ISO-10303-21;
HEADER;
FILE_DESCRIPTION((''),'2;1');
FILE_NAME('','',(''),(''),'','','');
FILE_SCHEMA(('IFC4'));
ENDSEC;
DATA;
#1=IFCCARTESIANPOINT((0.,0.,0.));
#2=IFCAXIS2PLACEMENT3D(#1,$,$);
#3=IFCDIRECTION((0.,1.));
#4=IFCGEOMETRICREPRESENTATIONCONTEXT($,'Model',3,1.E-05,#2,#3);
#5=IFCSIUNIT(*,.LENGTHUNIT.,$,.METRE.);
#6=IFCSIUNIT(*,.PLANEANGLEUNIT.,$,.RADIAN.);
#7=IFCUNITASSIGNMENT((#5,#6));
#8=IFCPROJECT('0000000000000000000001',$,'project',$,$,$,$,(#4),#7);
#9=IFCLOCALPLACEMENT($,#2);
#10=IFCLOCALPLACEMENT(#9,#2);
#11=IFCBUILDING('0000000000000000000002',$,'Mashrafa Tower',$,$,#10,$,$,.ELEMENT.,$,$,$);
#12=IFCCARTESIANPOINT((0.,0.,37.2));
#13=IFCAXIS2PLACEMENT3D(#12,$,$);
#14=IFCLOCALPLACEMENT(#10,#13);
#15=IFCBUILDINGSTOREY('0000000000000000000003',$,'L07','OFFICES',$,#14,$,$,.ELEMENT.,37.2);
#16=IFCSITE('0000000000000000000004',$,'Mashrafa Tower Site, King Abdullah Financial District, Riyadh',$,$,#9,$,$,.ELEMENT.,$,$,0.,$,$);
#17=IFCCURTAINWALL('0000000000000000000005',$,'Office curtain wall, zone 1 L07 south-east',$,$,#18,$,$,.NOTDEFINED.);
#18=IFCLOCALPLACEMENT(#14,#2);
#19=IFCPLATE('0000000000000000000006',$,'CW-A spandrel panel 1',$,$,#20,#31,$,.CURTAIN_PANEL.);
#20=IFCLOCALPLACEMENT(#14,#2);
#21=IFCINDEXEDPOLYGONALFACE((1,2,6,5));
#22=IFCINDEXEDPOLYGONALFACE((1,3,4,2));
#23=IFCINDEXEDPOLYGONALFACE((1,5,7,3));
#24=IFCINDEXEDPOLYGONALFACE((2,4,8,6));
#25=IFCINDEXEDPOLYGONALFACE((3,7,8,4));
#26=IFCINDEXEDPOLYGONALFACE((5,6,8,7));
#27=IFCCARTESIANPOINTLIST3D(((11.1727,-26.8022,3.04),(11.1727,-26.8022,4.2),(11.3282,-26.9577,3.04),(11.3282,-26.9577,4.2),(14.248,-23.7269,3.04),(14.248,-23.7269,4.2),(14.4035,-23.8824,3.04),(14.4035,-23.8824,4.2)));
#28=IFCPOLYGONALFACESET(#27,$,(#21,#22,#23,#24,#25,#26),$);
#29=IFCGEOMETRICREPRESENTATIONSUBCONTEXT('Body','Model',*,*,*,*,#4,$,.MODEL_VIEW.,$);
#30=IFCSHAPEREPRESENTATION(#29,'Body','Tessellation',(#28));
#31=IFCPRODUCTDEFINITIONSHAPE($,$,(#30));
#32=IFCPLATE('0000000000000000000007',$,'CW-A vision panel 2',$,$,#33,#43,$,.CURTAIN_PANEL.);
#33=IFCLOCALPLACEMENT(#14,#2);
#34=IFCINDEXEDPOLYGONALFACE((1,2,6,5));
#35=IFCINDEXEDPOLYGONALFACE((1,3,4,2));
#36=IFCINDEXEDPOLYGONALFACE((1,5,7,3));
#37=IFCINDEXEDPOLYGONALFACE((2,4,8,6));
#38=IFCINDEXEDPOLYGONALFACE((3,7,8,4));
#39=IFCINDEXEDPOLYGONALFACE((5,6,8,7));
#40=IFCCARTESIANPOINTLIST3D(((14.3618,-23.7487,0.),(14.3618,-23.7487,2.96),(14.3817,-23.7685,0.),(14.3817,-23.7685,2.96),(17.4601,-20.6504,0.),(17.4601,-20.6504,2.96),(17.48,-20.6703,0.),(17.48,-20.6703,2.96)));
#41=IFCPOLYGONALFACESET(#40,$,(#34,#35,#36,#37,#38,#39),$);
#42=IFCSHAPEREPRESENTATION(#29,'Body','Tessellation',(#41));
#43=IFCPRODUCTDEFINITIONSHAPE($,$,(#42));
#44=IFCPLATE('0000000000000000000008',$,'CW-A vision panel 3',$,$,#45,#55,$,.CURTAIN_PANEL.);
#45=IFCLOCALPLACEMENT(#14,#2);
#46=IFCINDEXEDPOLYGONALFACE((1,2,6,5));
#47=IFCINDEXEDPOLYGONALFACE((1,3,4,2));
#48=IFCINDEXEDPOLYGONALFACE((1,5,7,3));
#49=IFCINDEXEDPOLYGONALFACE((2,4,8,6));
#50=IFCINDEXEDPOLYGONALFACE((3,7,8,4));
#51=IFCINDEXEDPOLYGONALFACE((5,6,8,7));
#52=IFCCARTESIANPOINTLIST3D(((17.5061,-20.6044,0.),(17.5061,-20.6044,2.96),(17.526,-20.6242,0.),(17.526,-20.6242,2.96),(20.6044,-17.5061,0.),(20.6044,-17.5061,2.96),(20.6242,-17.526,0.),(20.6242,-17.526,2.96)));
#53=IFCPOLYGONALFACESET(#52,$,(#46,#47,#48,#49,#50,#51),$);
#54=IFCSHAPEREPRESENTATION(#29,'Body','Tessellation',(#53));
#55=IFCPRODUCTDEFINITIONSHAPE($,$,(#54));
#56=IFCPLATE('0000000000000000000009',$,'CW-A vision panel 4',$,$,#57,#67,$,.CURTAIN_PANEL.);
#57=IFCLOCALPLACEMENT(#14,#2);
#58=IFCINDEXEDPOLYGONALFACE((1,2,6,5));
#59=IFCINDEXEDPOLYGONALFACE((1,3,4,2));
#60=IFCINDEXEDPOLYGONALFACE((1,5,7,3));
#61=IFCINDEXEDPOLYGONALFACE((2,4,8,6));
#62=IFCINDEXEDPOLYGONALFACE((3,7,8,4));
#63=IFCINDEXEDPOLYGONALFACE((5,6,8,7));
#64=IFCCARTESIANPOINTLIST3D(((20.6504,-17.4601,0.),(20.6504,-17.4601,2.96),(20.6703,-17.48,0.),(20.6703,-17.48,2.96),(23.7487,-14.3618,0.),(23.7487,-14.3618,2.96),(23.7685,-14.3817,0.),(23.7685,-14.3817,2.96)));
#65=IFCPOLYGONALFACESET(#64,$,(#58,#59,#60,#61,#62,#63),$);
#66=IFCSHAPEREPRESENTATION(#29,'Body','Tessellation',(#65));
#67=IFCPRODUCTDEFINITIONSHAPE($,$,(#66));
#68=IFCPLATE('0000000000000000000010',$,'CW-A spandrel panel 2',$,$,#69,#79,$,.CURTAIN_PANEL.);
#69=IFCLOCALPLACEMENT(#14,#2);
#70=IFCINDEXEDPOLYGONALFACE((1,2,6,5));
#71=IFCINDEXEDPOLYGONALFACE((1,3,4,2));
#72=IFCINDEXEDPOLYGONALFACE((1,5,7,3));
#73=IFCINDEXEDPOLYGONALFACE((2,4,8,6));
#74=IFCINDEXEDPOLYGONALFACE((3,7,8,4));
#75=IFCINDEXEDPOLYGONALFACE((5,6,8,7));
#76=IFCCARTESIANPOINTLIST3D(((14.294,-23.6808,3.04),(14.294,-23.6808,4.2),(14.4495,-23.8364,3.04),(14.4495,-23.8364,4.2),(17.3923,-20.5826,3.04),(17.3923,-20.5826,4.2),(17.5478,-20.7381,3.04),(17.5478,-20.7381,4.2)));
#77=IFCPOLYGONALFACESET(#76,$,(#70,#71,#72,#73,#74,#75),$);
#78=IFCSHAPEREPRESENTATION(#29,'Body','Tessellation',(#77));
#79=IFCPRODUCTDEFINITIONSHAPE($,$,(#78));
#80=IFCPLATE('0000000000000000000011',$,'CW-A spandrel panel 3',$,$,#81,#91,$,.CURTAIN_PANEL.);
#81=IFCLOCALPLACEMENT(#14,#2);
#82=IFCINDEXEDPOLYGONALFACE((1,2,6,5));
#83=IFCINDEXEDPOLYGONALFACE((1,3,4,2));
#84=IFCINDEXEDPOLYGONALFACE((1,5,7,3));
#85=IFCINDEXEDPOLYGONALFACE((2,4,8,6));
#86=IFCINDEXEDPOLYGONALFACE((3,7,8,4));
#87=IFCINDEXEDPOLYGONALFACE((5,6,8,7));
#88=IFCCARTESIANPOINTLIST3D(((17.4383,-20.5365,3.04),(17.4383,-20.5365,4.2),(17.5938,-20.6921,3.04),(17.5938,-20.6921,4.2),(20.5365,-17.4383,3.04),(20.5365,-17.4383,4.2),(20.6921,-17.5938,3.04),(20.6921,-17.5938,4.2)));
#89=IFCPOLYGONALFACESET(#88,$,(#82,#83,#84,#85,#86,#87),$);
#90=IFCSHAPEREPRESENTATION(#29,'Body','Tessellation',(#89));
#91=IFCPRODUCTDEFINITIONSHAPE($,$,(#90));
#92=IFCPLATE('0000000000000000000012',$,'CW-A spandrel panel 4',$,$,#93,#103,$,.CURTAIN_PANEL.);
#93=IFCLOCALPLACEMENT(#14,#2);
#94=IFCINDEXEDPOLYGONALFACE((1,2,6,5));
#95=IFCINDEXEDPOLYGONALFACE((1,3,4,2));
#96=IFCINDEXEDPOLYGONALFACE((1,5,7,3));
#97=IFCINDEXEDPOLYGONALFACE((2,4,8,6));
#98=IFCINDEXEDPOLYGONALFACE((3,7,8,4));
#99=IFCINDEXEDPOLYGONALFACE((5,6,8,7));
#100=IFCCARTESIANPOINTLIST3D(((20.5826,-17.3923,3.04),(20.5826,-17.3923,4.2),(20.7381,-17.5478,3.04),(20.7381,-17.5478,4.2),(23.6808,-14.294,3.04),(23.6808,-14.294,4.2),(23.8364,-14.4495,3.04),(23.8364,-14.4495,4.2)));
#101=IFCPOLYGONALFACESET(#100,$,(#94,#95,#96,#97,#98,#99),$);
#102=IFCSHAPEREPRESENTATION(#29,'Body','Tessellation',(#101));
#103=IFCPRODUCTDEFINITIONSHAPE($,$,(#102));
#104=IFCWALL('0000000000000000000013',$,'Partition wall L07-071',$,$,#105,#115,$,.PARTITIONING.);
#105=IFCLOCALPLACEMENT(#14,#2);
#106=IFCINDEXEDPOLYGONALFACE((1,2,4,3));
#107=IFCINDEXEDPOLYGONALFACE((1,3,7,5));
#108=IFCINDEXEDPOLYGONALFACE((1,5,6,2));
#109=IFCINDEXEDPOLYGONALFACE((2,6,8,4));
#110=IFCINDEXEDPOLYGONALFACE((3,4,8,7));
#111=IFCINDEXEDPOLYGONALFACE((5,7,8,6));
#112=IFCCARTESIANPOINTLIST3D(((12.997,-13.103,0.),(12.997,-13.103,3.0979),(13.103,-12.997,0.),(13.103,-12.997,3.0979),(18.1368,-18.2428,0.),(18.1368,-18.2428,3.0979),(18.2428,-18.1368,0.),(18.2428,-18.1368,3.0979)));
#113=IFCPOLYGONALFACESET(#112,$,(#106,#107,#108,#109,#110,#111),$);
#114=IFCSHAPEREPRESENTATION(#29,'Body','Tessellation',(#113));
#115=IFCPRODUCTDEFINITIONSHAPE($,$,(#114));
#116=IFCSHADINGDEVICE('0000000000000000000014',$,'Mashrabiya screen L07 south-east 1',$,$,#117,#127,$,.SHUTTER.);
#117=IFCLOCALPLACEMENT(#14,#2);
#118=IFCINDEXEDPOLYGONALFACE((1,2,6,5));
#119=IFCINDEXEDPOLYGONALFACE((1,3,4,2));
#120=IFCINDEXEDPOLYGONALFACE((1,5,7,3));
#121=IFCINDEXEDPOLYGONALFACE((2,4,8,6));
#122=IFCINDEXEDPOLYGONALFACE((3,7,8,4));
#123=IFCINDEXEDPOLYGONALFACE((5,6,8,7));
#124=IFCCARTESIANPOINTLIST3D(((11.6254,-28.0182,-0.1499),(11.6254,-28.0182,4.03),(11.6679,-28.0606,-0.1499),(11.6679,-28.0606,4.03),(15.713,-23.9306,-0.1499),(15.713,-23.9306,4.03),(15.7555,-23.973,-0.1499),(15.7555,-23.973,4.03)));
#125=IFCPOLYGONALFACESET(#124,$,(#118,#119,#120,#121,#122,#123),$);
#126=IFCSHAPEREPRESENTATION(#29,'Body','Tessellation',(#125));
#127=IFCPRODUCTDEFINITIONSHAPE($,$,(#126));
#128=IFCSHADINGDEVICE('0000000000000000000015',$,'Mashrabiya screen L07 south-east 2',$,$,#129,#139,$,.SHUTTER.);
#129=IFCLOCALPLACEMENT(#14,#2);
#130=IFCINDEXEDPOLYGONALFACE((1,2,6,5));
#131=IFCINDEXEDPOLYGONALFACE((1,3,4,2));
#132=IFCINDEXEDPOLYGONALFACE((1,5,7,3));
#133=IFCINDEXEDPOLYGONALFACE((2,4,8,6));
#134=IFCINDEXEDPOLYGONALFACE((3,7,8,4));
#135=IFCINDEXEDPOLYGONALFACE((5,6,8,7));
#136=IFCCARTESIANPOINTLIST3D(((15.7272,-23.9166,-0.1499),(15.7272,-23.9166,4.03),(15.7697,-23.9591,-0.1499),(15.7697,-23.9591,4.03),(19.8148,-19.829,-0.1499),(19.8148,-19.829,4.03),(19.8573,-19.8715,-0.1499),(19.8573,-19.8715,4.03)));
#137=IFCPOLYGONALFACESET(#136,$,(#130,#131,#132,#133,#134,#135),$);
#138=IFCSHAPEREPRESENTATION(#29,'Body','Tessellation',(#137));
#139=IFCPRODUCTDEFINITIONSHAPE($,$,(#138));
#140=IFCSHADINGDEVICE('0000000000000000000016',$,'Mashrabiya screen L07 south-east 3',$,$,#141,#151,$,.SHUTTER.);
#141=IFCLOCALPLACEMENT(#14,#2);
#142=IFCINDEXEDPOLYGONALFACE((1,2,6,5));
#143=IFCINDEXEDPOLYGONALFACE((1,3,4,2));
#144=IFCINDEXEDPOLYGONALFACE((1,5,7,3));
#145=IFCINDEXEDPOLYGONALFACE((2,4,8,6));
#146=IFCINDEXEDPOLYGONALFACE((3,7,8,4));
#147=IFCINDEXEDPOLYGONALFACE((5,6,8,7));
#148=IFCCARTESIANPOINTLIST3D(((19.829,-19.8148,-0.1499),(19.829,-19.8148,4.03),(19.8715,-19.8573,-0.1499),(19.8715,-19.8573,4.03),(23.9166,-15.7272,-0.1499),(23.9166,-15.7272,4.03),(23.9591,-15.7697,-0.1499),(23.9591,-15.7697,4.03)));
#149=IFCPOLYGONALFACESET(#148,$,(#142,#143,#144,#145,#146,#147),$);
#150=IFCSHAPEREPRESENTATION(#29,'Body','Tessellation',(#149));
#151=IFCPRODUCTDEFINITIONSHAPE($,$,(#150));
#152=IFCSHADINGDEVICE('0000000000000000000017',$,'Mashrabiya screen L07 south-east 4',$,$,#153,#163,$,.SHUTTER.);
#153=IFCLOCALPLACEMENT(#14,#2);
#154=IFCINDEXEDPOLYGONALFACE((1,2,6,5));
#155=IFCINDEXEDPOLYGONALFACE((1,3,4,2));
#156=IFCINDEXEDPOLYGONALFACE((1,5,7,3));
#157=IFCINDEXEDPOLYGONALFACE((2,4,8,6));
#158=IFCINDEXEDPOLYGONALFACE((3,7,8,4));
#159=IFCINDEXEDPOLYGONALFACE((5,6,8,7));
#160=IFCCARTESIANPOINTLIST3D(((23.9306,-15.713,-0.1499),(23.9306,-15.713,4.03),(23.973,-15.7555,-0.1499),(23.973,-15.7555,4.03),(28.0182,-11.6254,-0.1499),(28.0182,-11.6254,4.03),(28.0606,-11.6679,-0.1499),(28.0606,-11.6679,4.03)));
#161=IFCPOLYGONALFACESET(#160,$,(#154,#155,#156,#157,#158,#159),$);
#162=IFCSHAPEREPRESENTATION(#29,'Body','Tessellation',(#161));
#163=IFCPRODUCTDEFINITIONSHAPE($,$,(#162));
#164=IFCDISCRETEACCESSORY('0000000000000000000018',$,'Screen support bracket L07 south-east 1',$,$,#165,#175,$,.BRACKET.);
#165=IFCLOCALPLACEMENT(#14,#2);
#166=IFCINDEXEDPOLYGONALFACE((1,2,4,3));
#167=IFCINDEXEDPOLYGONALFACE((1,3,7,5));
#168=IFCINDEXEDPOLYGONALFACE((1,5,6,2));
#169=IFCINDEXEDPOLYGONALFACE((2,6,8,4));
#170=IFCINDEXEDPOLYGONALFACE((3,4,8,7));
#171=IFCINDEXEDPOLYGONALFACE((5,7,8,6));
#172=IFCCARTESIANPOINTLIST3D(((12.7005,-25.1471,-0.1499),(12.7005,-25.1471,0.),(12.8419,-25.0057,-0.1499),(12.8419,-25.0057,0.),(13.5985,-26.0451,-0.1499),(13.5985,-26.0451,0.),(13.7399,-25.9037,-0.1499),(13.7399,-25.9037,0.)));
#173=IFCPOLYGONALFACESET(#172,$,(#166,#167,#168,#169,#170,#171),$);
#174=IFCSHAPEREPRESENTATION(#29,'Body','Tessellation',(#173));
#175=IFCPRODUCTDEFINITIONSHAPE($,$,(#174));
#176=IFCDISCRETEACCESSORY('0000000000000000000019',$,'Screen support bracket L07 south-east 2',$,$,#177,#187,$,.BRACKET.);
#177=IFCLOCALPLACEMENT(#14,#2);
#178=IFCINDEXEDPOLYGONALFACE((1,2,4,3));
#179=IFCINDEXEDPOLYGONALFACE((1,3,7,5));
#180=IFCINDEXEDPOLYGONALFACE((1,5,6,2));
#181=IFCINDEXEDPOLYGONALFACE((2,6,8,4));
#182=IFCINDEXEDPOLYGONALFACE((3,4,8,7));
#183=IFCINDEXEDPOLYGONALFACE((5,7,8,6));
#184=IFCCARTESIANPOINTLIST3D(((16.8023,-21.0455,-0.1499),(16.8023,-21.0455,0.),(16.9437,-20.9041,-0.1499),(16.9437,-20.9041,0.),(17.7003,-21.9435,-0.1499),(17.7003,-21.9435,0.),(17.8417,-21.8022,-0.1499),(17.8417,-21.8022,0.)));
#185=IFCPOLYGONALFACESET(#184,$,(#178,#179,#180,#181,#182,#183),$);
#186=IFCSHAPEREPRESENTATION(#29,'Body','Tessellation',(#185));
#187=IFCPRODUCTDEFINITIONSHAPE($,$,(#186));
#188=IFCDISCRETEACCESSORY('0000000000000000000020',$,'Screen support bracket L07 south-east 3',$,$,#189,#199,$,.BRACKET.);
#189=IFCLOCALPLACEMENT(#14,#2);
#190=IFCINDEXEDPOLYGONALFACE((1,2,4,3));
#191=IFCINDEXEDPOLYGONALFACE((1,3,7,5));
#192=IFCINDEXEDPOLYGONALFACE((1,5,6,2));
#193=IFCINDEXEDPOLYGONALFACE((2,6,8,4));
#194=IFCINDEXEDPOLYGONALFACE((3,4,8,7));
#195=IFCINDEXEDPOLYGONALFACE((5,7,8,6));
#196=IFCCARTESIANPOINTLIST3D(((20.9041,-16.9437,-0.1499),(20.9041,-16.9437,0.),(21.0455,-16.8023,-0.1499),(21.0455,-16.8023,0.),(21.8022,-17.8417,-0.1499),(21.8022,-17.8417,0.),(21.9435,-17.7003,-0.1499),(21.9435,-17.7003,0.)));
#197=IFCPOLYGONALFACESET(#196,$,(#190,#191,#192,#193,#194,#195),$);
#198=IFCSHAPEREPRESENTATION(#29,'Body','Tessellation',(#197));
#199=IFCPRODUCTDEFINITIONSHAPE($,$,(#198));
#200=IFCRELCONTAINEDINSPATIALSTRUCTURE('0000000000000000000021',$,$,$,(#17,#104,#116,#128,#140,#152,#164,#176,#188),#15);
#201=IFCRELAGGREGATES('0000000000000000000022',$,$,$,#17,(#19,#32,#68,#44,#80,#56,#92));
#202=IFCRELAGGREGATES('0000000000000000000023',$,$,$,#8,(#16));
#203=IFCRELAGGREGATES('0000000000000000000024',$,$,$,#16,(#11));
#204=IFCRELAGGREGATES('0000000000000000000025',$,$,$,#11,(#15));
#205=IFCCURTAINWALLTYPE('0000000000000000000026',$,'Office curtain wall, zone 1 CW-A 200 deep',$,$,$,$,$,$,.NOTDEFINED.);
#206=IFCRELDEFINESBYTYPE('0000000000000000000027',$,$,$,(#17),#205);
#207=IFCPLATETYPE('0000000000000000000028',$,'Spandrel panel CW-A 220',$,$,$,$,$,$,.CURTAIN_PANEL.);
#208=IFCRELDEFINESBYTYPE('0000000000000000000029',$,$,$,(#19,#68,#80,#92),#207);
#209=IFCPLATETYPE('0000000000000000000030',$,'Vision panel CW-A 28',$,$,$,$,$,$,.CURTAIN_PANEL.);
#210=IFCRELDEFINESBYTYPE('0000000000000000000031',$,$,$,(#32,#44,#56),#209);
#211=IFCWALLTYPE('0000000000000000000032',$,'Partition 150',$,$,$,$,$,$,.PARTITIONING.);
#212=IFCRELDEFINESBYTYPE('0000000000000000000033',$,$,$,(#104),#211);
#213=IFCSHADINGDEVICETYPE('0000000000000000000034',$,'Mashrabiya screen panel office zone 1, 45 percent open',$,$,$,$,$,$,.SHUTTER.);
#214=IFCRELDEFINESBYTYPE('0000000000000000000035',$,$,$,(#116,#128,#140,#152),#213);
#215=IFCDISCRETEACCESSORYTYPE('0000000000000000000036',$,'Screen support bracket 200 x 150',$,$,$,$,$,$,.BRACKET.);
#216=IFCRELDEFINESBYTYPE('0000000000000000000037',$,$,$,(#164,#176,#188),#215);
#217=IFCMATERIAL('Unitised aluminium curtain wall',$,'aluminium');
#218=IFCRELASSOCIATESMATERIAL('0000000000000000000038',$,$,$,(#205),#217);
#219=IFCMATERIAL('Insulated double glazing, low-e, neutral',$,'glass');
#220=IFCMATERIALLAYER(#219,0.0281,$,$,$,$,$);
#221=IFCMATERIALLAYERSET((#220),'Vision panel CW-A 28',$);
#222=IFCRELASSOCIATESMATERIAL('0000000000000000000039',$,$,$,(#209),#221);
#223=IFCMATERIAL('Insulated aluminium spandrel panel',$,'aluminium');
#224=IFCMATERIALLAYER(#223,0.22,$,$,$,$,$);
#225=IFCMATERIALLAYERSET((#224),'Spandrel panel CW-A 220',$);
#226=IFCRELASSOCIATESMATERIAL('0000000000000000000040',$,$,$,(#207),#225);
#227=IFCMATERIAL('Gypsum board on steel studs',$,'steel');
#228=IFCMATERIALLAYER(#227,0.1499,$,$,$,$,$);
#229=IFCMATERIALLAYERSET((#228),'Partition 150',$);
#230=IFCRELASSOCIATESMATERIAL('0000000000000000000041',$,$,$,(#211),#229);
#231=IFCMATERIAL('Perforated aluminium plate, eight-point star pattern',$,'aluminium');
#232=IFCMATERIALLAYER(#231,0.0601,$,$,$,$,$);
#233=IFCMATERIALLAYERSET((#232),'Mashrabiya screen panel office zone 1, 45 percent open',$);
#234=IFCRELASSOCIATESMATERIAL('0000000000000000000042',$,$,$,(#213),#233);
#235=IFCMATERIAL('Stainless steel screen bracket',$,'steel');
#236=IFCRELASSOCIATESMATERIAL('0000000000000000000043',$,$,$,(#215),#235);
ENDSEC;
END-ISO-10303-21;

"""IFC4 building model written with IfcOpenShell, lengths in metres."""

from ifc_helpers import new_model, si_unit, direction, frame, frame_2d, origin, origin_2d, place, context, subcontext, project, spatial, rectangle, extrude, source, transform, mapped, material, layer, layer_set, type_object, type_shapes, element, aggregate, save


model = new_model("IFC4")

# Units and contexts
model_context = context("Model", 3, precision=1e-05, world=origin(), true_north=direction((0.0, 1.0)))
body_context = subcontext(model_context, "Body", "Model", "MODEL_VIEW")
ifc_project = project(units=[si_unit("LENGTHUNIT", "METRE"), si_unit("PLANEANGLEUNIT", "RADIAN")], contexts=[model_context])

# Site, building, storey
site_placement = place(None, origin())
site = spatial("IfcSite", under=ifc_project, at=site_placement, Name="Mashrafa Tower Site, King Abdullah Financial District, Riyadh", CompositionType="ELEMENT", RefElevation=0.0)
building_placement = place(site_placement, origin())
building = spatial("IfcBuilding", under=site, at=building_placement, Name="Mashrafa Tower", CompositionType="ELEMENT")
storey_placement = place(building_placement, frame((0.0, 0.0, 37.2)))
storey = spatial("IfcBuildingStorey", under=building, at=storey_placement, Name="L07", Description="OFFICES", CompositionType="ELEMENT", Elevation=37.2)

# Curtain wall, plates
ifc_material_1 = material(Name="Unitised aluminium curtain wall", Category="aluminium")
curtain_wall_type = type_object("IfcCurtainWallType", Name="Office curtain wall, zone 1 CW-A 200 deep", PredefinedType="NOTDEFINED", material=ifc_material_1)
curtain_wall_placement = place(storey_placement, origin())
curtain_wall = element("IfcCurtainWall", 1, at=curtain_wall_placement, inside=storey, type_object=curtain_wall_type, Name="Office curtain wall, zone 1 L07 south-east", PredefinedType="NOTDEFINED")
ifc_material_2 = material(Name="Insulated double glazing, low-e, neutral", Category="glass")
ifc_layer_1 = layer(ifc_material_2, 0.0281)
ifc_layer_set_1 = layer_set([ifc_layer_1], Name="Vision panel CW-A 28")
plate_type_1 = type_object("IfcPlateType", Name="Vision panel CW-A 28", PredefinedType="CURTAIN_PANEL", material=ifc_layer_set_1)
ifc_material_3 = material(Name="Insulated aluminium spandrel panel", Category="aluminium")
ifc_layer_2 = layer(ifc_material_3, 0.22)
ifc_layer_set_2 = layer_set([ifc_layer_2], Name="Spandrel panel CW-A 220")
plate_type_2 = type_object("IfcPlateType", Name="Spandrel panel CW-A 220", PredefinedType="CURTAIN_PANEL", material=ifc_layer_set_2)
shared_shape_1 = source(origin(), body_context, "Body", "SweptSolid", [
    extrude(rectangle(XDim=4.3491, YDim=0.22, at=origin_2d()), origin(), (0.0, 0.0, 1.0), 1.1599),
])
plate_1_placement = place(storey_placement, frame((12.7881, -25.3423, 3.04), z_axis=(0.0, 0.0, 1.0), x_axis=(0.707107, 0.707107, 0.0)))
plate_1 = element("IfcPlate", 2, at=plate_1_placement, type_object=plate_type_2, Name="CW-A spandrel panel 1", PredefinedType="CURTAIN_PANEL", context=body_context, shape_type="MappedRepresentation", body=[
    mapped(shared_shape_1, transform((0.0, 0.0, 0.0))),
])
shared_shape_2 = source(origin(), body_context, "Body", "SweptSolid", [
    extrude(rectangle(XDim=4.3816, YDim=0.0281, at=origin_2d()), origin(), (0.0, 0.0, 1.0), 2.96),
])
plate_2_placement = place(storey_placement, frame((15.9209, -22.2095, 0.0), z_axis=(0.0, 0.0, 1.0), x_axis=(0.707107, 0.707107, 0.0)))
plate_2 = element("IfcPlate", 3, at=plate_2_placement, type_object=plate_type_1, Name="CW-A vision panel 2", PredefinedType="CURTAIN_PANEL", context=body_context, shape_type="MappedRepresentation", body=[
    mapped(shared_shape_2, transform((0.0, 0.0, 0.0))),
])
plate_3_placement = place(storey_placement, frame((19.0652, -19.0652, 0.0), z_axis=(0.0, 0.0, 1.0), x_axis=(0.707107, 0.707107, 0.0)))
plate_3 = element("IfcPlate", 4, at=plate_3_placement, type_object=plate_type_1, Name="CW-A vision panel 3", PredefinedType="CURTAIN_PANEL", context=body_context, shape_type="MappedRepresentation", body=[
    mapped(shared_shape_2, transform((0.0, 0.0, 0.0))),
])
plate_4_placement = place(storey_placement, frame((22.2095, -15.9209, 0.0), z_axis=(0.0, 0.0, 1.0), x_axis=(0.707107, 0.707107, 0.0)))
plate_4 = element("IfcPlate", 5, at=plate_4_placement, type_object=plate_type_1, Name="CW-A vision panel 4", PredefinedType="CURTAIN_PANEL", context=body_context, shape_type="MappedRepresentation", body=[
    mapped(shared_shape_2, transform((0.0, 0.0, 0.0))),
])
shared_shape_3 = source(origin(), body_context, "Body", "SweptSolid", [
    extrude(rectangle(XDim=4.3816, YDim=0.22, at=origin_2d()), origin(), (0.0, 0.0, 1.0), 1.1599),
])
type_shapes(plate_type_2, [shared_shape_1, shared_shape_3])
plate_5_placement = place(storey_placement, frame((15.9209, -22.2095, 3.04), z_axis=(0.0, 0.0, 1.0), x_axis=(0.707107, 0.707107, 0.0)))
plate_5 = element("IfcPlate", 6, at=plate_5_placement, type_object=plate_type_2, Name="CW-A spandrel panel 2", PredefinedType="CURTAIN_PANEL", context=body_context, shape_type="MappedRepresentation", body=[
    mapped(shared_shape_3, transform((0.0, 0.0, 0.0))),
])
plate_6_placement = place(storey_placement, frame((19.0652, -19.0652, 3.04), z_axis=(0.0, 0.0, 1.0), x_axis=(0.707107, 0.707107, 0.0)))
plate_6 = element("IfcPlate", 7, at=plate_6_placement, type_object=plate_type_2, Name="CW-A spandrel panel 3", PredefinedType="CURTAIN_PANEL", context=body_context, shape_type="MappedRepresentation", body=[
    mapped(shared_shape_3, transform((0.0, 0.0, 0.0))),
])
plate_7_placement = place(storey_placement, frame((22.2095, -15.9209, 3.04), z_axis=(0.0, 0.0, 1.0), x_axis=(0.707107, 0.707107, 0.0)))
plate_7 = element("IfcPlate", 8, at=plate_7_placement, type_object=plate_type_2, Name="CW-A spandrel panel 4", PredefinedType="CURTAIN_PANEL", context=body_context, shape_type="MappedRepresentation", body=[
    mapped(shared_shape_3, transform((0.0, 0.0, 0.0))),
])
aggregate(curtain_wall, [plate_1, plate_2, plate_5, plate_3, plate_6, plate_4, plate_7])

# Wall
ifc_material_4 = material(Name="Gypsum board on steel studs", Category="steel")
ifc_layer_3 = layer(ifc_material_4, 0.1499)
ifc_layer_set_3 = layer_set([ifc_layer_3], Name="Partition 150")
wall_type_1 = type_object("IfcWallType", Name="Partition 150", PredefinedType="PARTITIONING", material=ifc_layer_set_3)
wall_1_placement = place(storey_placement, frame((13.05, -13.05, 0.0), z_axis=(0.0, 0.0, 1.0), x_axis=(0.707107, -0.707107, 0.0)))
element("IfcWall", 9, at=wall_1_placement, inside=storey, type_object=wall_type_1, Name="Partition wall L07-071", PredefinedType="PARTITIONING", context=body_context, shape_type="SweptSolid", body=[
    extrude(rectangle(XDim=7.2688, YDim=0.1499, at=frame_2d((3.6343, 0.0))), origin(), (0.0, 0.0, 1.0), 3.0979),
])

# Shading devices
ifc_material_5 = material(Name="Perforated aluminium plate, eight-point star pattern", Category="aluminium")
ifc_layer_4 = layer(ifc_material_5, 0.0601)
ifc_layer_set_4 = layer_set([ifc_layer_4], Name="Mashrabiya screen panel office zone 1, 45 percent open")
shading_device_type = type_object("IfcShadingDeviceType", Name="Mashrabiya screen panel office zone 1, 45 percent open", PredefinedType="SHUTTER", material=ifc_layer_set_4)
shared_shape_4 = source(origin(), body_context, "Body", "SweptSolid", [
    extrude(rectangle(XDim=5.7808, YDim=0.0601, at=origin_2d()), origin(), (0.0, 0.0, 1.0), 4.1799),
])
type_shapes(shading_device_type, [shared_shape_4])
for number, where, z_axis, x_axis, name in (
    (10, (13.6904, -25.9956, -0.1499), (0.0, 0.0, 1.0), (0.707107, 0.707107, 0.0), "Mashrabiya screen L07 south-east 1"),
    (11, (17.7922, -21.894, -0.1499), (0.0, 0.0, 1.0), (0.707107, 0.707107, 0.0), "Mashrabiya screen L07 south-east 2"),
    (12, (21.894, -17.7922, -0.1499), (0.0, 0.0, 1.0), (0.707107, 0.707107, 0.0), "Mashrabiya screen L07 south-east 3"),
    (13, (25.9956, -13.6904, -0.1499), (0.0, 0.0, 1.0), (0.707107, 0.707107, 0.0), "Mashrabiya screen L07 south-east 4"),
):
    element("IfcShadingDevice", number, at=place(storey_placement, frame(where, z_axis=z_axis, x_axis=x_axis)), inside=storey, type_object=shading_device_type, Name=name, PredefinedType="SHUTTER", context=body_context, shape_type="MappedRepresentation", body=[
        mapped(shared_shape_4, transform((0.0, 0.0, 0.0))),
    ])

# Discrete accessories
ifc_material_6 = material(Name="Stainless steel screen bracket", Category="steel")
discrete_accessory_type = type_object("IfcDiscreteAccessoryType", Name="Screen support bracket 200 x 150", PredefinedType="BRACKET", material=ifc_material_6)
shared_shape_5 = source(origin(), body_context, "Body", "SweptSolid", [
    extrude(rectangle(XDim=0.2, YDim=1.27, at=origin_2d()), origin(), (0.0, 0.0, 1.0), 0.1499),
])
type_shapes(discrete_accessory_type, [shared_shape_5])
for number, where, z_axis, x_axis, name in (
    (14, (13.2202, -25.5254, -0.1499), (0.0, 0.0, 1.0), (0.707107, 0.707107, 0.0), "Screen support bracket L07 south-east 1"),
    (15, (17.322, -21.4238, -0.1499), (0.0, 0.0, 1.0), (0.707107, 0.707107, 0.0), "Screen support bracket L07 south-east 2"),
    (16, (21.4238, -17.322, -0.1499), (0.0, 0.0, 1.0), (0.707107, 0.707107, 0.0), "Screen support bracket L07 south-east 3"),
):
    element("IfcDiscreteAccessory", number, at=place(storey_placement, frame(where, z_axis=z_axis, x_axis=x_axis)), inside=storey, type_object=discrete_accessory_type, Name=name, PredefinedType="BRACKET", context=body_context, shape_type="MappedRepresentation", body=[
        mapped(shared_shape_5, transform((0.0, 0.0, 0.0))),
    ])

save(model, "model.ifc")
